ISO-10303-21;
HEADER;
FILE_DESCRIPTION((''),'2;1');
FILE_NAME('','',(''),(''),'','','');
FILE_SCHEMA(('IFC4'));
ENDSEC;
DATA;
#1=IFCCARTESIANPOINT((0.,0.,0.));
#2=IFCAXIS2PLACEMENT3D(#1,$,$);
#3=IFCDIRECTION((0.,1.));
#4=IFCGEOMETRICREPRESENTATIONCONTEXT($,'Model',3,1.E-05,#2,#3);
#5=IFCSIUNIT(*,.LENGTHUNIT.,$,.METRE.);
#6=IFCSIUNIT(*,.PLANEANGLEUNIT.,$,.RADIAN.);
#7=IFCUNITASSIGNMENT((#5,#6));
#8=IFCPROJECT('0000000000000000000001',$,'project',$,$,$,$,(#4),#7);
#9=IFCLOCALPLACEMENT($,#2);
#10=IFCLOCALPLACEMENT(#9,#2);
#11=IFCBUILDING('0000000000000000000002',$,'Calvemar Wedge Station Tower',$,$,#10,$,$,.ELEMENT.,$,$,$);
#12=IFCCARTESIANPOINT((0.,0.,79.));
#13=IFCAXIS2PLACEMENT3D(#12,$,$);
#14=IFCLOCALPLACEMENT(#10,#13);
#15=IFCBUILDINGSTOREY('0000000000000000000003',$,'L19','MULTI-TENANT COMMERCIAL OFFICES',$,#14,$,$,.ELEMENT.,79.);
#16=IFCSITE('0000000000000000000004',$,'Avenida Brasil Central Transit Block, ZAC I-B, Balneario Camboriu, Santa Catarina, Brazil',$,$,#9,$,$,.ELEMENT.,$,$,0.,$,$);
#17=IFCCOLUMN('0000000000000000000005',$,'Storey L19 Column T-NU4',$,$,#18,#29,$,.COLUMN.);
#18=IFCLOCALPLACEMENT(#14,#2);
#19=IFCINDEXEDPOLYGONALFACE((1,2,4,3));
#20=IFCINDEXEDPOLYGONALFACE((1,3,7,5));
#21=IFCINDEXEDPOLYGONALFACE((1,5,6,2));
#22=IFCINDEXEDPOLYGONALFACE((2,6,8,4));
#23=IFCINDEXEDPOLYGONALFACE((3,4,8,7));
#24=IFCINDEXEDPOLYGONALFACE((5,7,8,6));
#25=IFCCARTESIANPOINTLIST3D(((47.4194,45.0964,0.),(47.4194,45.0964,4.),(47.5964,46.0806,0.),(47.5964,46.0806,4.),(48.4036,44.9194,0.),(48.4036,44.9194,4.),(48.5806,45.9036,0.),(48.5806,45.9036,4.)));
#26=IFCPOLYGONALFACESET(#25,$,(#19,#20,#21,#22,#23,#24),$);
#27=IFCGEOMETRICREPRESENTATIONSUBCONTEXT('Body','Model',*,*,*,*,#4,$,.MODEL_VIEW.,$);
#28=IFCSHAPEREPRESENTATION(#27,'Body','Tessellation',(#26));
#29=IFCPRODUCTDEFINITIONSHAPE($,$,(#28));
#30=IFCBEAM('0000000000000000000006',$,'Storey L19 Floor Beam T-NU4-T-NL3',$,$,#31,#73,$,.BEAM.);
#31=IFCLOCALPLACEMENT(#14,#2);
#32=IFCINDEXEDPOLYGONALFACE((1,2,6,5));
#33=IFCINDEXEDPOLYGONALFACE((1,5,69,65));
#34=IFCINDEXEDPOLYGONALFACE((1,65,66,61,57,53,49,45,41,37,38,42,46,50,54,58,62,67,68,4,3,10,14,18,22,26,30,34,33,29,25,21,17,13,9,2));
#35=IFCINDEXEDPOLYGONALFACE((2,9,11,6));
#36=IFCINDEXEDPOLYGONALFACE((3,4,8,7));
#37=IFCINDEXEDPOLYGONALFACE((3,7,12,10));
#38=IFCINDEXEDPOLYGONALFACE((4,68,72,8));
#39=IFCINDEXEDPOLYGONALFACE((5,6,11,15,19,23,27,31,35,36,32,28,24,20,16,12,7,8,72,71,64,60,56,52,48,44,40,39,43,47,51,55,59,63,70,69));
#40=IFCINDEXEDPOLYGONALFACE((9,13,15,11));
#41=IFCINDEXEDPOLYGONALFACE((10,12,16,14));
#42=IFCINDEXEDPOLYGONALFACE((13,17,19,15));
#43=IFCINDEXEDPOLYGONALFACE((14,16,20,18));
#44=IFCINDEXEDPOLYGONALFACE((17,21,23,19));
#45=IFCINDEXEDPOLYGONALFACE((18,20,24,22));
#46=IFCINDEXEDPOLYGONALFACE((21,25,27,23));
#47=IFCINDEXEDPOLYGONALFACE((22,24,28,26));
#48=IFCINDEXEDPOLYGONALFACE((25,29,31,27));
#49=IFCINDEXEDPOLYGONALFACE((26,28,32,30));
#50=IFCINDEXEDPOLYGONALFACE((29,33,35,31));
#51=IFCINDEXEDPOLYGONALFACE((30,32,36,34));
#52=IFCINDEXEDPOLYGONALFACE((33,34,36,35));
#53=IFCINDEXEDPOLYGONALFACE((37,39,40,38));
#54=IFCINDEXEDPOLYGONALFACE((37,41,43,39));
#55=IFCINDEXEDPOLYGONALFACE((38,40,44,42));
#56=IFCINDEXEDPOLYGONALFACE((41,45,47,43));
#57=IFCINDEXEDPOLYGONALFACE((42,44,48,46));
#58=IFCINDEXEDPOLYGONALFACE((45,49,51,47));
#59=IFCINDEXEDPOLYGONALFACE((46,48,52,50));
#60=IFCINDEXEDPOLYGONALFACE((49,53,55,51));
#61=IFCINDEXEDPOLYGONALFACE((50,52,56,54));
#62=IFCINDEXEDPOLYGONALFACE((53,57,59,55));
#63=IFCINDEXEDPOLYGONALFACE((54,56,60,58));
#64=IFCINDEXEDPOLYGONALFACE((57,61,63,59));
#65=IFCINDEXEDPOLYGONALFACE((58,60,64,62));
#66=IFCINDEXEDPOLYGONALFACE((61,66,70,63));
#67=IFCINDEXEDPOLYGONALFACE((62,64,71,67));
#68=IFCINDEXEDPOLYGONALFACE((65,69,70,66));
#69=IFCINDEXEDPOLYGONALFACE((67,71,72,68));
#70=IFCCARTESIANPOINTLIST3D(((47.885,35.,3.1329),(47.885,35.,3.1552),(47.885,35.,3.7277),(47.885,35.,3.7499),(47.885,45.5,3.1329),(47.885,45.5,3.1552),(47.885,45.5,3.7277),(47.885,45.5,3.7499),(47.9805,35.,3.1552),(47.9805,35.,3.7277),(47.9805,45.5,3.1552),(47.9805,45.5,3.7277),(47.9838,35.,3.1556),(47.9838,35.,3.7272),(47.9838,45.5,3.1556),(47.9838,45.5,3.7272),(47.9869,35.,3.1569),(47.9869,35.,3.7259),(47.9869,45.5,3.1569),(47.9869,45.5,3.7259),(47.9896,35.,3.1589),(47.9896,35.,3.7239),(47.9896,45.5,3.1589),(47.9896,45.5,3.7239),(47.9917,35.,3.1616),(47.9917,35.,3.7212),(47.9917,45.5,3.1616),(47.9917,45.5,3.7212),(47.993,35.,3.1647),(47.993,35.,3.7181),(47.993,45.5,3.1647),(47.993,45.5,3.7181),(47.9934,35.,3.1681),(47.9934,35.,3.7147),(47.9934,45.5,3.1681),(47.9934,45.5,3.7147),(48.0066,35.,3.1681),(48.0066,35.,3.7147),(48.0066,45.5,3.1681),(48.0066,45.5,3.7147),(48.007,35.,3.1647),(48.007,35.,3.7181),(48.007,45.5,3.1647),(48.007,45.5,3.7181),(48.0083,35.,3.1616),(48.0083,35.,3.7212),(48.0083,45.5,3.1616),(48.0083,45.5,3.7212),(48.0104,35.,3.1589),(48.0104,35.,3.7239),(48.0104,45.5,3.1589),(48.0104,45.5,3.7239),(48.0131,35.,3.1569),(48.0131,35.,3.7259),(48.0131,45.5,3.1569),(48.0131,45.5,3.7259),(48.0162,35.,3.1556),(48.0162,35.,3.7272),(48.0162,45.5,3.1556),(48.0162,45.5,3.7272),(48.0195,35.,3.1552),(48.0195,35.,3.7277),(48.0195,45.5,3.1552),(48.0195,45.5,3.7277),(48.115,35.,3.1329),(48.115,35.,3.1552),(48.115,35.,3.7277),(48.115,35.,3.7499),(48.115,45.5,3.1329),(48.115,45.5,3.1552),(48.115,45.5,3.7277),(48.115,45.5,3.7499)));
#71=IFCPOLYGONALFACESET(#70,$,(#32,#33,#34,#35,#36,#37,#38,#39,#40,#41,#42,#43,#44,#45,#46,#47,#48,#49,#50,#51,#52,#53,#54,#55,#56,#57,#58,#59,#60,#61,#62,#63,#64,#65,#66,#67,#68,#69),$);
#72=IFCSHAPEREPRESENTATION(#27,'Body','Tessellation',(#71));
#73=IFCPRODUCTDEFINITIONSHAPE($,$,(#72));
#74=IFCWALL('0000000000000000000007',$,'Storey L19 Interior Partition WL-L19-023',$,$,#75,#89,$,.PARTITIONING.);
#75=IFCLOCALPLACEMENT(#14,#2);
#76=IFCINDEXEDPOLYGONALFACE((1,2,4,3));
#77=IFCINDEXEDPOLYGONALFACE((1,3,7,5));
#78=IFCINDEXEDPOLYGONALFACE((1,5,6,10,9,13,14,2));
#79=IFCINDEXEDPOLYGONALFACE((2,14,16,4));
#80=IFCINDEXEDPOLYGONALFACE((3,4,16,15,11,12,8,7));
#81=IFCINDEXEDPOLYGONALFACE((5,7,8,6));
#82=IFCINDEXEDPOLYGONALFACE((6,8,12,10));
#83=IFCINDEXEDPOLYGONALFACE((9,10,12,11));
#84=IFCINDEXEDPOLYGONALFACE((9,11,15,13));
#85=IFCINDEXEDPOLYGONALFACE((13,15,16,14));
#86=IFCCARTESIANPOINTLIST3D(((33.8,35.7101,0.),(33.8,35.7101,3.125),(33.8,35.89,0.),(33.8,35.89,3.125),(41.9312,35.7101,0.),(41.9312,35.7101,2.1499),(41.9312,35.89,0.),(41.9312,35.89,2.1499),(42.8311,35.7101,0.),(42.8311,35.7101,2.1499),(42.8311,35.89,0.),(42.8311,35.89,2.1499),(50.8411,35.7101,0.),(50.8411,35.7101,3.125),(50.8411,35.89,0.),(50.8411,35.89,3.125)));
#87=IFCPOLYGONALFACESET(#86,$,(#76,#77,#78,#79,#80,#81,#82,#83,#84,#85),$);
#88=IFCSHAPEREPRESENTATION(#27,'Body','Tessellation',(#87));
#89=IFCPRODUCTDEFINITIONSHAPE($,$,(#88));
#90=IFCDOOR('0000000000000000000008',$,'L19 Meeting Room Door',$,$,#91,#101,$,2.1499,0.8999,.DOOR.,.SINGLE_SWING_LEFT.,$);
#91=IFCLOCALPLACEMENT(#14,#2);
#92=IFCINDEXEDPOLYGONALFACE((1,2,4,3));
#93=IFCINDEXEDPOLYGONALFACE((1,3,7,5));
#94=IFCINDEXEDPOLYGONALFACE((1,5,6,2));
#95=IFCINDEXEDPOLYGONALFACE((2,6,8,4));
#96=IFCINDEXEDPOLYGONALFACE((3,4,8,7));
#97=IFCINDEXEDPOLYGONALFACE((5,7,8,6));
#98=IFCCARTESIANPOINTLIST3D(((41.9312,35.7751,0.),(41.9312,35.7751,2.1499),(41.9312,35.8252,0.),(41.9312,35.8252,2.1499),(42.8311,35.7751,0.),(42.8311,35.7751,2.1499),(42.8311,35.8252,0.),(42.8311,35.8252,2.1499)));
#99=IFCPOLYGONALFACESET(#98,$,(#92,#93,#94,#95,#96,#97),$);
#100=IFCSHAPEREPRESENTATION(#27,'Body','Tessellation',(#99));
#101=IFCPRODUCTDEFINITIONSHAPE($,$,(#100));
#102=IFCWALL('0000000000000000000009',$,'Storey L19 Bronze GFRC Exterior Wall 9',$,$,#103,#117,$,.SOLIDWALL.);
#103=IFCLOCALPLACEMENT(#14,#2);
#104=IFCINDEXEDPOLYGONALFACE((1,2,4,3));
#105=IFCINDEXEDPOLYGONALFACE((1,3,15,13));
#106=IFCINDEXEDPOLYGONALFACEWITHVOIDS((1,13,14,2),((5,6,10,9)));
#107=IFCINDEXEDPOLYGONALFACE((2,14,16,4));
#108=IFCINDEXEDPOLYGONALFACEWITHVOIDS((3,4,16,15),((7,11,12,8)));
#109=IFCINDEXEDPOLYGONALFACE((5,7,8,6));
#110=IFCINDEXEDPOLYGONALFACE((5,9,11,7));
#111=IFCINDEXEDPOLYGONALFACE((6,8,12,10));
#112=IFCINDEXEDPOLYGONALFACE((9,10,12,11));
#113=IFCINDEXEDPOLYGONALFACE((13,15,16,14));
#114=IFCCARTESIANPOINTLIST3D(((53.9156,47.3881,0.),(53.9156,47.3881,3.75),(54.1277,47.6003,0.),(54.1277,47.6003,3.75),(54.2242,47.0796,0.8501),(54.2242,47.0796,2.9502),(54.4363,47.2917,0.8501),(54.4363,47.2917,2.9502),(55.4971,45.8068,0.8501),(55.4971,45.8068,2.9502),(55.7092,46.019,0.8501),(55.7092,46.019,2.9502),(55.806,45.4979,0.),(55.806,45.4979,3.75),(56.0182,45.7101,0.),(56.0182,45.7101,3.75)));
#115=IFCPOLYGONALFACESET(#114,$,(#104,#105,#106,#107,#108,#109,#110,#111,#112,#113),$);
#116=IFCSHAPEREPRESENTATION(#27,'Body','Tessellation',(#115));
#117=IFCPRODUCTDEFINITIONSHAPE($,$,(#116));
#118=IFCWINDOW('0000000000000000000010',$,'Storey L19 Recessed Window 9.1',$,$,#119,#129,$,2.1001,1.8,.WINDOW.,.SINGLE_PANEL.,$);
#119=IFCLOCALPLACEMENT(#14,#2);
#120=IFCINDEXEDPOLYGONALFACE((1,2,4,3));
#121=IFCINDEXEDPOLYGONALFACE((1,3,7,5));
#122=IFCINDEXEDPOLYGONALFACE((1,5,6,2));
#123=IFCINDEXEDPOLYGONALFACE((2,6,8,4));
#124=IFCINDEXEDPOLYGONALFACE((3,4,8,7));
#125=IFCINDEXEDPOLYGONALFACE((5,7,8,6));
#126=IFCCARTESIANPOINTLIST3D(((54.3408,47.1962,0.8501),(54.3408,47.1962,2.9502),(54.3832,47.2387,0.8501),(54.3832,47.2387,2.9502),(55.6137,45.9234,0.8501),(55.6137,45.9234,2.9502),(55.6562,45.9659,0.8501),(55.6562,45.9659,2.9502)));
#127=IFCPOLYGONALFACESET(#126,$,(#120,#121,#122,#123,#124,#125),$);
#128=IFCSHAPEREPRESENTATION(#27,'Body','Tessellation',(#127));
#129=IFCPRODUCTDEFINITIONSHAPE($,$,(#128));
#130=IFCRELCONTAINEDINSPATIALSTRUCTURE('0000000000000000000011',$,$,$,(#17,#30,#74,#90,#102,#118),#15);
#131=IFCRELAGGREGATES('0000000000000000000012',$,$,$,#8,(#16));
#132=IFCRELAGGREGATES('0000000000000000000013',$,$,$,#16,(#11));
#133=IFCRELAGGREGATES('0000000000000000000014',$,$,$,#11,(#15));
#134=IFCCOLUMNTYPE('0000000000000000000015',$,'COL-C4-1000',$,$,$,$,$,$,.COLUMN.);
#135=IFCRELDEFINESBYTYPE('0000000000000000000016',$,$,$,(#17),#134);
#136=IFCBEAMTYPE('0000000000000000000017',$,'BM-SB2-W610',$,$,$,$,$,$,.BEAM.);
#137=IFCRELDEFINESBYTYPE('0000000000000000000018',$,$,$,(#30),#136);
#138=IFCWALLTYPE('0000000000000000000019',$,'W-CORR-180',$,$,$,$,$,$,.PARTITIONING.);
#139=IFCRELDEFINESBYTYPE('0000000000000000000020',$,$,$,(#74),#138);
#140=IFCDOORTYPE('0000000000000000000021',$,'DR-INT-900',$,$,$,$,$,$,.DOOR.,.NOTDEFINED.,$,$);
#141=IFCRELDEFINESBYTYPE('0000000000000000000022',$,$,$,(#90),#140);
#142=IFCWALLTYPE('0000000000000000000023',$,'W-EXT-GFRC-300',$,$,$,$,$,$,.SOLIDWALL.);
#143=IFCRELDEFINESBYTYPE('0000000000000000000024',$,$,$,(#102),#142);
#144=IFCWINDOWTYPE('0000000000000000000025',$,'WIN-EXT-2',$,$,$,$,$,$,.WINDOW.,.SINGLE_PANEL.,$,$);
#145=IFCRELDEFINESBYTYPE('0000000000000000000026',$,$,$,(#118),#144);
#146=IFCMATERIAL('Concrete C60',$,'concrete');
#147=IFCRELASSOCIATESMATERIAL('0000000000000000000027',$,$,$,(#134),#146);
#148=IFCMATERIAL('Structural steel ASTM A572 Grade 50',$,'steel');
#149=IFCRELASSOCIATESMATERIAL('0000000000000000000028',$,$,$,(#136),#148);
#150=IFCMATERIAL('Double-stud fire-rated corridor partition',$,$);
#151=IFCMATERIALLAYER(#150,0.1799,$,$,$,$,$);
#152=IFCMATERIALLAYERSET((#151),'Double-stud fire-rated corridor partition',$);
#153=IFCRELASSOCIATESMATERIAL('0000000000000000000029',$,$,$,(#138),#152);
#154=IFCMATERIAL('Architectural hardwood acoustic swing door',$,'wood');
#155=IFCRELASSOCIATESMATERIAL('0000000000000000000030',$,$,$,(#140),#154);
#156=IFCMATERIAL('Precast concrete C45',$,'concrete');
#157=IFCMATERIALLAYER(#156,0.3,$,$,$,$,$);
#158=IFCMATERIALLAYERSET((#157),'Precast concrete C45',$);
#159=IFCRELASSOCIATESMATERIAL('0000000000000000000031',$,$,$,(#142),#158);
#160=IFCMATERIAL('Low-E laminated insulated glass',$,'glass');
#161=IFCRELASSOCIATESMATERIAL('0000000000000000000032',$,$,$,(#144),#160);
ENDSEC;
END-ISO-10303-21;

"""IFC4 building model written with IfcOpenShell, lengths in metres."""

from ifc_helpers import new_model, si_unit, direction, frame, frame_2d, origin, origin_2d, place, context, subcontext, project, spatial, rectangle, i_section, extrude, source, transform, mapped, material, layer, layer_set, material_profile, profile_set, type_object, element, fill, save


model = new_model("IFC4")

# Units and contexts
model_context = context("Model", 3, precision=1e-05, world=origin(), true_north=direction((0.0, 1.0)))
body_context = subcontext(model_context, "Body", "Model", "MODEL_VIEW")
ifc_project = project(units=[si_unit("LENGTHUNIT", "METRE"), si_unit("PLANEANGLEUNIT", "RADIAN")], contexts=[model_context])

# Site, building, storey
site_placement = place(None, origin())
site = spatial("IfcSite", under=ifc_project, at=site_placement, Name="Avenida Brasil Central Transit Block, ZAC I-B, Balneario Camboriu, Santa Catarina, Brazil", CompositionType="ELEMENT", RefElevation=0.0)
building_placement = place(site_placement, origin())
building = spatial("IfcBuilding", under=site, at=building_placement, Name="Calvemar Wedge Station Tower", CompositionType="ELEMENT")
storey_placement = place(building_placement, frame((0.0, 0.0, 79.0)))
storey = spatial("IfcBuildingStorey", under=building, at=storey_placement, Name="L19", Description="MULTI-TENANT COMMERCIAL OFFICES", CompositionType="ELEMENT", Elevation=79.0)

# Column
ifc_material_1 = material(Name="Concrete C60", Category="concrete")
ifc_material_profile_1 = material_profile(ifc_material_1, rectangle(XDim=1.0, YDim=1.0, at=origin_2d()), Name="RC1000x1000")
ifc_profile_set_1 = profile_set([ifc_material_profile_1], Name="Concrete C60")
column_type = type_object("IfcColumnType", Name="COL-C4-1000", PredefinedType="COLUMN", material=ifc_profile_set_1)
shared_shape_1 = source(origin(), body_context, "Body", "SweptSolid", [
    extrude(rectangle(XDim=1.0, YDim=1.0, at=origin_2d()), origin(), (0.0, 0.0, 1.0), 4.0),
])
column_placement = place(storey_placement, frame((48.0, 45.5, 0.0), z_axis=(0.0, 0.0, 1.0), x_axis=(0.984196, -0.177085, 0.0)))
element("IfcColumn", 1, at=column_placement, inside=storey, type_object=column_type, Name="Storey L19 Column T-NU4", PredefinedType="COLUMN", context=body_context, shape_type="MappedRepresentation", body=[
    mapped(shared_shape_1, transform((0.0, 0.0, 0.0), scale=1.0)),
])

# Beam
ifc_material_2 = material(Name="Structural steel ASTM A572 Grade 50", Category="steel")
ifc_material_profile_2 = material_profile(ifc_material_2, i_section(OverallWidth=0.23, OverallDepth=0.6169, WebThickness=0.0132, FlangeThickness=0.0222, FilletRadius=0.0129, at=origin_2d()), Name="W610x140")
ifc_profile_set_2 = profile_set([ifc_material_profile_2], Name="Structural steel ASTM A572 Grade 50")
beam_type = type_object("IfcBeamType", Name="BM-SB2-W610", PredefinedType="BEAM", material=ifc_profile_set_2)
shared_shape_2 = source(origin(), body_context, "Body", "SweptSolid", [
    extrude(i_section(OverallWidth=0.23, OverallDepth=0.6169, WebThickness=0.0132, FlangeThickness=0.0222, FilletRadius=0.0129, at=origin_2d()), origin(), (0.0, 0.0, 1.0), 10.5),
])
beam_placement = place(storey_placement, frame((48.0, 45.5, 3.4414), z_axis=(0.0, -1.0, 0.0), x_axis=(1.0, 0.0, 0.0)))
element("IfcBeam", 2, at=beam_placement, inside=storey, type_object=beam_type, Name="Storey L19 Floor Beam T-NU4-T-NL3", PredefinedType="BEAM", context=body_context, shape_type="MappedRepresentation", body=[
    mapped(shared_shape_2, transform((0.0, 0.0, 0.0), scale=1.0)),
])

# Wall, opening, door
ifc_material_3 = material(Name="Double-stud fire-rated corridor partition")
ifc_layer_1 = layer(ifc_material_3, 0.1799)
ifc_layer_set_1 = layer_set([ifc_layer_1], Name="Double-stud fire-rated corridor partition")
wall_type_1 = type_object("IfcWallType", Name="W-CORR-180", PredefinedType="PARTITIONING", material=ifc_layer_set_1)
shared_shape_3 = source(origin(), body_context, "Body", "SweptSolid", [
    extrude(rectangle(XDim=0.8999, YDim=2.1499, at=frame_2d((0.45, 1.075))), frame((0.0, 0.1001, 0.0), z_axis=(0.0, -1.0, 0.0), x_axis=(1.0, 0.0, 0.0)), (0.0, 0.0, 1.0), 0.2),
])
ifc_material_4 = material(Name="Architectural hardwood acoustic swing door", Category="wood")
door_type_1 = type_object("IfcDoorType", Name="DR-INT-900", OperationType="NOTDEFINED", PredefinedType="DOOR", material=ifc_material_4)
shared_shape_4 = source(origin(), body_context, "Body", "SweptSolid", [
    extrude(rectangle(XDim=0.8999, YDim=2.1499, at=frame_2d((0.45, 1.075))), frame((0.0, 0.0249, 0.0), z_axis=(0.0, -1.0, 0.0), x_axis=(1.0, 0.0, 0.0)), (0.0, 0.0, 1.0), 0.05),
])
wall_1_placement = place(storey_placement, frame((50.8411, 35.8, 0.0), z_axis=(0.0, 0.0, 1.0), x_axis=(-1.0, 0.0, 0.0)))
wall_1 = element("IfcWall", 3, at=wall_1_placement, inside=storey, type_object=wall_type_1, Name="Storey L19 Interior Partition WL-L19-023", PredefinedType="PARTITIONING", context=body_context, shape_type="SweptSolid", body=[
    extrude(rectangle(XDim=17.041, YDim=0.1799, at=frame_2d((8.5205, 0.0))), origin(), (0.0, 0.0, 1.0), 3.125),
])
opening_1_placement = place(wall_1_placement, frame((8.01, 0.0, 0.0)))
opening_1 = element("IfcOpeningElement", 4, at=opening_1_placement, cuts=wall_1, PredefinedType="OPENING", context=body_context, shape_type="MappedRepresentation", body=[
    mapped(shared_shape_3, transform((0.0, 0.0, 0.0), scale=1.0)),
])
door_1_placement = place(opening_1_placement, origin())
door_1 = element("IfcDoor", 5, at=door_1_placement, inside=storey, type_object=door_type_1, Name="L19 Meeting Room Door", OperationType="SINGLE_SWING_LEFT", OverallHeight=2.1499, OverallWidth=0.8999, PredefinedType="DOOR", context=body_context, shape_type="MappedRepresentation", body=[
    mapped(shared_shape_4, transform((0.0, 0.0, 0.0), scale=1.0)),
])
fill(opening_1, door_1)

# Shared definitions
ifc_material_5 = material(Name="Precast concrete C45", Category="concrete")
ifc_layer_2 = layer(ifc_material_5, 0.3)
ifc_layer_set_2 = layer_set([ifc_layer_2], Name="Precast concrete C45")
wall_type_2 = type_object("IfcWallType", Name="W-EXT-GFRC-300", PredefinedType="SOLIDWALL", material=ifc_layer_set_2)
ifc_material_6 = material(Name="Low-E laminated insulated glass", Category="glass")

# Wall, opening, window
wall_2_placement = place(storey_placement, frame((55.9121, 45.604, 0.0), z_axis=(0.0, 0.0, 1.0), x_axis=(-0.707152, 0.707061, 0.0)))
wall_2 = element("IfcWall", 6, at=wall_2_placement, inside=storey, type_object=wall_type_2, Name="Storey L19 Bronze GFRC Exterior Wall 9", PredefinedType="SOLIDWALL", context=body_context, shape_type="SweptSolid", body=[
    extrude(rectangle(XDim=2.6733, YDim=0.3, at=frame_2d((1.3367, 0.0))), origin(), (0.0, 0.0, 1.0), 3.75),
])
shared_shape_5 = source(origin(), body_context, "Body", "SweptSolid", [
    extrude(rectangle(XDim=1.8, YDim=2.1001, at=frame_2d((0.8999, 1.05))), frame((0.0, 0.1602, 0.0), z_axis=(0.0, -1.0, 0.0), x_axis=(1.0, 0.0, 0.0)), (0.0, 0.0, 1.0), 0.3201),
])
opening_2_placement = place(wall_2_placement, frame((0.437, 0.0, 0.8501)))
opening_2 = element("IfcOpeningElement", 7, at=opening_2_placement, cuts=wall_2, PredefinedType="OPENING", context=body_context, shape_type="MappedRepresentation", body=[
    mapped(shared_shape_5, transform((0.0, 0.0, 0.0), scale=1.0)),
])
window_type_1 = type_object("IfcWindowType", Name="WIN-EXT-2", PartitioningType="SINGLE_PANEL", PredefinedType="WINDOW", material=ifc_material_6)
shared_shape_6 = source(origin(), body_context, "Body", "SweptSolid", [
    extrude(rectangle(XDim=1.8, YDim=2.1001, at=frame_2d((0.8999, 1.05))), frame((0.0, -0.0149, 0.0), z_axis=(0.0, -1.0, 0.0), x_axis=(1.0, 0.0, 0.0)), (0.0, 0.0, 1.0), 0.0601),
])
window_1_placement = place(opening_2_placement, origin())
window_1 = element("IfcWindow", 8, at=window_1_placement, inside=storey, type_object=window_type_1, Name="Storey L19 Recessed Window 9.1", OverallHeight=2.1001, OverallWidth=1.8, PartitioningType="SINGLE_PANEL", PredefinedType="WINDOW", context=body_context, shape_type="MappedRepresentation", body=[
    mapped(shared_shape_6, transform((0.0, 0.0, 0.0), scale=1.0)),
])
fill(opening_2, window_1)

save(model, "model.ifc")
